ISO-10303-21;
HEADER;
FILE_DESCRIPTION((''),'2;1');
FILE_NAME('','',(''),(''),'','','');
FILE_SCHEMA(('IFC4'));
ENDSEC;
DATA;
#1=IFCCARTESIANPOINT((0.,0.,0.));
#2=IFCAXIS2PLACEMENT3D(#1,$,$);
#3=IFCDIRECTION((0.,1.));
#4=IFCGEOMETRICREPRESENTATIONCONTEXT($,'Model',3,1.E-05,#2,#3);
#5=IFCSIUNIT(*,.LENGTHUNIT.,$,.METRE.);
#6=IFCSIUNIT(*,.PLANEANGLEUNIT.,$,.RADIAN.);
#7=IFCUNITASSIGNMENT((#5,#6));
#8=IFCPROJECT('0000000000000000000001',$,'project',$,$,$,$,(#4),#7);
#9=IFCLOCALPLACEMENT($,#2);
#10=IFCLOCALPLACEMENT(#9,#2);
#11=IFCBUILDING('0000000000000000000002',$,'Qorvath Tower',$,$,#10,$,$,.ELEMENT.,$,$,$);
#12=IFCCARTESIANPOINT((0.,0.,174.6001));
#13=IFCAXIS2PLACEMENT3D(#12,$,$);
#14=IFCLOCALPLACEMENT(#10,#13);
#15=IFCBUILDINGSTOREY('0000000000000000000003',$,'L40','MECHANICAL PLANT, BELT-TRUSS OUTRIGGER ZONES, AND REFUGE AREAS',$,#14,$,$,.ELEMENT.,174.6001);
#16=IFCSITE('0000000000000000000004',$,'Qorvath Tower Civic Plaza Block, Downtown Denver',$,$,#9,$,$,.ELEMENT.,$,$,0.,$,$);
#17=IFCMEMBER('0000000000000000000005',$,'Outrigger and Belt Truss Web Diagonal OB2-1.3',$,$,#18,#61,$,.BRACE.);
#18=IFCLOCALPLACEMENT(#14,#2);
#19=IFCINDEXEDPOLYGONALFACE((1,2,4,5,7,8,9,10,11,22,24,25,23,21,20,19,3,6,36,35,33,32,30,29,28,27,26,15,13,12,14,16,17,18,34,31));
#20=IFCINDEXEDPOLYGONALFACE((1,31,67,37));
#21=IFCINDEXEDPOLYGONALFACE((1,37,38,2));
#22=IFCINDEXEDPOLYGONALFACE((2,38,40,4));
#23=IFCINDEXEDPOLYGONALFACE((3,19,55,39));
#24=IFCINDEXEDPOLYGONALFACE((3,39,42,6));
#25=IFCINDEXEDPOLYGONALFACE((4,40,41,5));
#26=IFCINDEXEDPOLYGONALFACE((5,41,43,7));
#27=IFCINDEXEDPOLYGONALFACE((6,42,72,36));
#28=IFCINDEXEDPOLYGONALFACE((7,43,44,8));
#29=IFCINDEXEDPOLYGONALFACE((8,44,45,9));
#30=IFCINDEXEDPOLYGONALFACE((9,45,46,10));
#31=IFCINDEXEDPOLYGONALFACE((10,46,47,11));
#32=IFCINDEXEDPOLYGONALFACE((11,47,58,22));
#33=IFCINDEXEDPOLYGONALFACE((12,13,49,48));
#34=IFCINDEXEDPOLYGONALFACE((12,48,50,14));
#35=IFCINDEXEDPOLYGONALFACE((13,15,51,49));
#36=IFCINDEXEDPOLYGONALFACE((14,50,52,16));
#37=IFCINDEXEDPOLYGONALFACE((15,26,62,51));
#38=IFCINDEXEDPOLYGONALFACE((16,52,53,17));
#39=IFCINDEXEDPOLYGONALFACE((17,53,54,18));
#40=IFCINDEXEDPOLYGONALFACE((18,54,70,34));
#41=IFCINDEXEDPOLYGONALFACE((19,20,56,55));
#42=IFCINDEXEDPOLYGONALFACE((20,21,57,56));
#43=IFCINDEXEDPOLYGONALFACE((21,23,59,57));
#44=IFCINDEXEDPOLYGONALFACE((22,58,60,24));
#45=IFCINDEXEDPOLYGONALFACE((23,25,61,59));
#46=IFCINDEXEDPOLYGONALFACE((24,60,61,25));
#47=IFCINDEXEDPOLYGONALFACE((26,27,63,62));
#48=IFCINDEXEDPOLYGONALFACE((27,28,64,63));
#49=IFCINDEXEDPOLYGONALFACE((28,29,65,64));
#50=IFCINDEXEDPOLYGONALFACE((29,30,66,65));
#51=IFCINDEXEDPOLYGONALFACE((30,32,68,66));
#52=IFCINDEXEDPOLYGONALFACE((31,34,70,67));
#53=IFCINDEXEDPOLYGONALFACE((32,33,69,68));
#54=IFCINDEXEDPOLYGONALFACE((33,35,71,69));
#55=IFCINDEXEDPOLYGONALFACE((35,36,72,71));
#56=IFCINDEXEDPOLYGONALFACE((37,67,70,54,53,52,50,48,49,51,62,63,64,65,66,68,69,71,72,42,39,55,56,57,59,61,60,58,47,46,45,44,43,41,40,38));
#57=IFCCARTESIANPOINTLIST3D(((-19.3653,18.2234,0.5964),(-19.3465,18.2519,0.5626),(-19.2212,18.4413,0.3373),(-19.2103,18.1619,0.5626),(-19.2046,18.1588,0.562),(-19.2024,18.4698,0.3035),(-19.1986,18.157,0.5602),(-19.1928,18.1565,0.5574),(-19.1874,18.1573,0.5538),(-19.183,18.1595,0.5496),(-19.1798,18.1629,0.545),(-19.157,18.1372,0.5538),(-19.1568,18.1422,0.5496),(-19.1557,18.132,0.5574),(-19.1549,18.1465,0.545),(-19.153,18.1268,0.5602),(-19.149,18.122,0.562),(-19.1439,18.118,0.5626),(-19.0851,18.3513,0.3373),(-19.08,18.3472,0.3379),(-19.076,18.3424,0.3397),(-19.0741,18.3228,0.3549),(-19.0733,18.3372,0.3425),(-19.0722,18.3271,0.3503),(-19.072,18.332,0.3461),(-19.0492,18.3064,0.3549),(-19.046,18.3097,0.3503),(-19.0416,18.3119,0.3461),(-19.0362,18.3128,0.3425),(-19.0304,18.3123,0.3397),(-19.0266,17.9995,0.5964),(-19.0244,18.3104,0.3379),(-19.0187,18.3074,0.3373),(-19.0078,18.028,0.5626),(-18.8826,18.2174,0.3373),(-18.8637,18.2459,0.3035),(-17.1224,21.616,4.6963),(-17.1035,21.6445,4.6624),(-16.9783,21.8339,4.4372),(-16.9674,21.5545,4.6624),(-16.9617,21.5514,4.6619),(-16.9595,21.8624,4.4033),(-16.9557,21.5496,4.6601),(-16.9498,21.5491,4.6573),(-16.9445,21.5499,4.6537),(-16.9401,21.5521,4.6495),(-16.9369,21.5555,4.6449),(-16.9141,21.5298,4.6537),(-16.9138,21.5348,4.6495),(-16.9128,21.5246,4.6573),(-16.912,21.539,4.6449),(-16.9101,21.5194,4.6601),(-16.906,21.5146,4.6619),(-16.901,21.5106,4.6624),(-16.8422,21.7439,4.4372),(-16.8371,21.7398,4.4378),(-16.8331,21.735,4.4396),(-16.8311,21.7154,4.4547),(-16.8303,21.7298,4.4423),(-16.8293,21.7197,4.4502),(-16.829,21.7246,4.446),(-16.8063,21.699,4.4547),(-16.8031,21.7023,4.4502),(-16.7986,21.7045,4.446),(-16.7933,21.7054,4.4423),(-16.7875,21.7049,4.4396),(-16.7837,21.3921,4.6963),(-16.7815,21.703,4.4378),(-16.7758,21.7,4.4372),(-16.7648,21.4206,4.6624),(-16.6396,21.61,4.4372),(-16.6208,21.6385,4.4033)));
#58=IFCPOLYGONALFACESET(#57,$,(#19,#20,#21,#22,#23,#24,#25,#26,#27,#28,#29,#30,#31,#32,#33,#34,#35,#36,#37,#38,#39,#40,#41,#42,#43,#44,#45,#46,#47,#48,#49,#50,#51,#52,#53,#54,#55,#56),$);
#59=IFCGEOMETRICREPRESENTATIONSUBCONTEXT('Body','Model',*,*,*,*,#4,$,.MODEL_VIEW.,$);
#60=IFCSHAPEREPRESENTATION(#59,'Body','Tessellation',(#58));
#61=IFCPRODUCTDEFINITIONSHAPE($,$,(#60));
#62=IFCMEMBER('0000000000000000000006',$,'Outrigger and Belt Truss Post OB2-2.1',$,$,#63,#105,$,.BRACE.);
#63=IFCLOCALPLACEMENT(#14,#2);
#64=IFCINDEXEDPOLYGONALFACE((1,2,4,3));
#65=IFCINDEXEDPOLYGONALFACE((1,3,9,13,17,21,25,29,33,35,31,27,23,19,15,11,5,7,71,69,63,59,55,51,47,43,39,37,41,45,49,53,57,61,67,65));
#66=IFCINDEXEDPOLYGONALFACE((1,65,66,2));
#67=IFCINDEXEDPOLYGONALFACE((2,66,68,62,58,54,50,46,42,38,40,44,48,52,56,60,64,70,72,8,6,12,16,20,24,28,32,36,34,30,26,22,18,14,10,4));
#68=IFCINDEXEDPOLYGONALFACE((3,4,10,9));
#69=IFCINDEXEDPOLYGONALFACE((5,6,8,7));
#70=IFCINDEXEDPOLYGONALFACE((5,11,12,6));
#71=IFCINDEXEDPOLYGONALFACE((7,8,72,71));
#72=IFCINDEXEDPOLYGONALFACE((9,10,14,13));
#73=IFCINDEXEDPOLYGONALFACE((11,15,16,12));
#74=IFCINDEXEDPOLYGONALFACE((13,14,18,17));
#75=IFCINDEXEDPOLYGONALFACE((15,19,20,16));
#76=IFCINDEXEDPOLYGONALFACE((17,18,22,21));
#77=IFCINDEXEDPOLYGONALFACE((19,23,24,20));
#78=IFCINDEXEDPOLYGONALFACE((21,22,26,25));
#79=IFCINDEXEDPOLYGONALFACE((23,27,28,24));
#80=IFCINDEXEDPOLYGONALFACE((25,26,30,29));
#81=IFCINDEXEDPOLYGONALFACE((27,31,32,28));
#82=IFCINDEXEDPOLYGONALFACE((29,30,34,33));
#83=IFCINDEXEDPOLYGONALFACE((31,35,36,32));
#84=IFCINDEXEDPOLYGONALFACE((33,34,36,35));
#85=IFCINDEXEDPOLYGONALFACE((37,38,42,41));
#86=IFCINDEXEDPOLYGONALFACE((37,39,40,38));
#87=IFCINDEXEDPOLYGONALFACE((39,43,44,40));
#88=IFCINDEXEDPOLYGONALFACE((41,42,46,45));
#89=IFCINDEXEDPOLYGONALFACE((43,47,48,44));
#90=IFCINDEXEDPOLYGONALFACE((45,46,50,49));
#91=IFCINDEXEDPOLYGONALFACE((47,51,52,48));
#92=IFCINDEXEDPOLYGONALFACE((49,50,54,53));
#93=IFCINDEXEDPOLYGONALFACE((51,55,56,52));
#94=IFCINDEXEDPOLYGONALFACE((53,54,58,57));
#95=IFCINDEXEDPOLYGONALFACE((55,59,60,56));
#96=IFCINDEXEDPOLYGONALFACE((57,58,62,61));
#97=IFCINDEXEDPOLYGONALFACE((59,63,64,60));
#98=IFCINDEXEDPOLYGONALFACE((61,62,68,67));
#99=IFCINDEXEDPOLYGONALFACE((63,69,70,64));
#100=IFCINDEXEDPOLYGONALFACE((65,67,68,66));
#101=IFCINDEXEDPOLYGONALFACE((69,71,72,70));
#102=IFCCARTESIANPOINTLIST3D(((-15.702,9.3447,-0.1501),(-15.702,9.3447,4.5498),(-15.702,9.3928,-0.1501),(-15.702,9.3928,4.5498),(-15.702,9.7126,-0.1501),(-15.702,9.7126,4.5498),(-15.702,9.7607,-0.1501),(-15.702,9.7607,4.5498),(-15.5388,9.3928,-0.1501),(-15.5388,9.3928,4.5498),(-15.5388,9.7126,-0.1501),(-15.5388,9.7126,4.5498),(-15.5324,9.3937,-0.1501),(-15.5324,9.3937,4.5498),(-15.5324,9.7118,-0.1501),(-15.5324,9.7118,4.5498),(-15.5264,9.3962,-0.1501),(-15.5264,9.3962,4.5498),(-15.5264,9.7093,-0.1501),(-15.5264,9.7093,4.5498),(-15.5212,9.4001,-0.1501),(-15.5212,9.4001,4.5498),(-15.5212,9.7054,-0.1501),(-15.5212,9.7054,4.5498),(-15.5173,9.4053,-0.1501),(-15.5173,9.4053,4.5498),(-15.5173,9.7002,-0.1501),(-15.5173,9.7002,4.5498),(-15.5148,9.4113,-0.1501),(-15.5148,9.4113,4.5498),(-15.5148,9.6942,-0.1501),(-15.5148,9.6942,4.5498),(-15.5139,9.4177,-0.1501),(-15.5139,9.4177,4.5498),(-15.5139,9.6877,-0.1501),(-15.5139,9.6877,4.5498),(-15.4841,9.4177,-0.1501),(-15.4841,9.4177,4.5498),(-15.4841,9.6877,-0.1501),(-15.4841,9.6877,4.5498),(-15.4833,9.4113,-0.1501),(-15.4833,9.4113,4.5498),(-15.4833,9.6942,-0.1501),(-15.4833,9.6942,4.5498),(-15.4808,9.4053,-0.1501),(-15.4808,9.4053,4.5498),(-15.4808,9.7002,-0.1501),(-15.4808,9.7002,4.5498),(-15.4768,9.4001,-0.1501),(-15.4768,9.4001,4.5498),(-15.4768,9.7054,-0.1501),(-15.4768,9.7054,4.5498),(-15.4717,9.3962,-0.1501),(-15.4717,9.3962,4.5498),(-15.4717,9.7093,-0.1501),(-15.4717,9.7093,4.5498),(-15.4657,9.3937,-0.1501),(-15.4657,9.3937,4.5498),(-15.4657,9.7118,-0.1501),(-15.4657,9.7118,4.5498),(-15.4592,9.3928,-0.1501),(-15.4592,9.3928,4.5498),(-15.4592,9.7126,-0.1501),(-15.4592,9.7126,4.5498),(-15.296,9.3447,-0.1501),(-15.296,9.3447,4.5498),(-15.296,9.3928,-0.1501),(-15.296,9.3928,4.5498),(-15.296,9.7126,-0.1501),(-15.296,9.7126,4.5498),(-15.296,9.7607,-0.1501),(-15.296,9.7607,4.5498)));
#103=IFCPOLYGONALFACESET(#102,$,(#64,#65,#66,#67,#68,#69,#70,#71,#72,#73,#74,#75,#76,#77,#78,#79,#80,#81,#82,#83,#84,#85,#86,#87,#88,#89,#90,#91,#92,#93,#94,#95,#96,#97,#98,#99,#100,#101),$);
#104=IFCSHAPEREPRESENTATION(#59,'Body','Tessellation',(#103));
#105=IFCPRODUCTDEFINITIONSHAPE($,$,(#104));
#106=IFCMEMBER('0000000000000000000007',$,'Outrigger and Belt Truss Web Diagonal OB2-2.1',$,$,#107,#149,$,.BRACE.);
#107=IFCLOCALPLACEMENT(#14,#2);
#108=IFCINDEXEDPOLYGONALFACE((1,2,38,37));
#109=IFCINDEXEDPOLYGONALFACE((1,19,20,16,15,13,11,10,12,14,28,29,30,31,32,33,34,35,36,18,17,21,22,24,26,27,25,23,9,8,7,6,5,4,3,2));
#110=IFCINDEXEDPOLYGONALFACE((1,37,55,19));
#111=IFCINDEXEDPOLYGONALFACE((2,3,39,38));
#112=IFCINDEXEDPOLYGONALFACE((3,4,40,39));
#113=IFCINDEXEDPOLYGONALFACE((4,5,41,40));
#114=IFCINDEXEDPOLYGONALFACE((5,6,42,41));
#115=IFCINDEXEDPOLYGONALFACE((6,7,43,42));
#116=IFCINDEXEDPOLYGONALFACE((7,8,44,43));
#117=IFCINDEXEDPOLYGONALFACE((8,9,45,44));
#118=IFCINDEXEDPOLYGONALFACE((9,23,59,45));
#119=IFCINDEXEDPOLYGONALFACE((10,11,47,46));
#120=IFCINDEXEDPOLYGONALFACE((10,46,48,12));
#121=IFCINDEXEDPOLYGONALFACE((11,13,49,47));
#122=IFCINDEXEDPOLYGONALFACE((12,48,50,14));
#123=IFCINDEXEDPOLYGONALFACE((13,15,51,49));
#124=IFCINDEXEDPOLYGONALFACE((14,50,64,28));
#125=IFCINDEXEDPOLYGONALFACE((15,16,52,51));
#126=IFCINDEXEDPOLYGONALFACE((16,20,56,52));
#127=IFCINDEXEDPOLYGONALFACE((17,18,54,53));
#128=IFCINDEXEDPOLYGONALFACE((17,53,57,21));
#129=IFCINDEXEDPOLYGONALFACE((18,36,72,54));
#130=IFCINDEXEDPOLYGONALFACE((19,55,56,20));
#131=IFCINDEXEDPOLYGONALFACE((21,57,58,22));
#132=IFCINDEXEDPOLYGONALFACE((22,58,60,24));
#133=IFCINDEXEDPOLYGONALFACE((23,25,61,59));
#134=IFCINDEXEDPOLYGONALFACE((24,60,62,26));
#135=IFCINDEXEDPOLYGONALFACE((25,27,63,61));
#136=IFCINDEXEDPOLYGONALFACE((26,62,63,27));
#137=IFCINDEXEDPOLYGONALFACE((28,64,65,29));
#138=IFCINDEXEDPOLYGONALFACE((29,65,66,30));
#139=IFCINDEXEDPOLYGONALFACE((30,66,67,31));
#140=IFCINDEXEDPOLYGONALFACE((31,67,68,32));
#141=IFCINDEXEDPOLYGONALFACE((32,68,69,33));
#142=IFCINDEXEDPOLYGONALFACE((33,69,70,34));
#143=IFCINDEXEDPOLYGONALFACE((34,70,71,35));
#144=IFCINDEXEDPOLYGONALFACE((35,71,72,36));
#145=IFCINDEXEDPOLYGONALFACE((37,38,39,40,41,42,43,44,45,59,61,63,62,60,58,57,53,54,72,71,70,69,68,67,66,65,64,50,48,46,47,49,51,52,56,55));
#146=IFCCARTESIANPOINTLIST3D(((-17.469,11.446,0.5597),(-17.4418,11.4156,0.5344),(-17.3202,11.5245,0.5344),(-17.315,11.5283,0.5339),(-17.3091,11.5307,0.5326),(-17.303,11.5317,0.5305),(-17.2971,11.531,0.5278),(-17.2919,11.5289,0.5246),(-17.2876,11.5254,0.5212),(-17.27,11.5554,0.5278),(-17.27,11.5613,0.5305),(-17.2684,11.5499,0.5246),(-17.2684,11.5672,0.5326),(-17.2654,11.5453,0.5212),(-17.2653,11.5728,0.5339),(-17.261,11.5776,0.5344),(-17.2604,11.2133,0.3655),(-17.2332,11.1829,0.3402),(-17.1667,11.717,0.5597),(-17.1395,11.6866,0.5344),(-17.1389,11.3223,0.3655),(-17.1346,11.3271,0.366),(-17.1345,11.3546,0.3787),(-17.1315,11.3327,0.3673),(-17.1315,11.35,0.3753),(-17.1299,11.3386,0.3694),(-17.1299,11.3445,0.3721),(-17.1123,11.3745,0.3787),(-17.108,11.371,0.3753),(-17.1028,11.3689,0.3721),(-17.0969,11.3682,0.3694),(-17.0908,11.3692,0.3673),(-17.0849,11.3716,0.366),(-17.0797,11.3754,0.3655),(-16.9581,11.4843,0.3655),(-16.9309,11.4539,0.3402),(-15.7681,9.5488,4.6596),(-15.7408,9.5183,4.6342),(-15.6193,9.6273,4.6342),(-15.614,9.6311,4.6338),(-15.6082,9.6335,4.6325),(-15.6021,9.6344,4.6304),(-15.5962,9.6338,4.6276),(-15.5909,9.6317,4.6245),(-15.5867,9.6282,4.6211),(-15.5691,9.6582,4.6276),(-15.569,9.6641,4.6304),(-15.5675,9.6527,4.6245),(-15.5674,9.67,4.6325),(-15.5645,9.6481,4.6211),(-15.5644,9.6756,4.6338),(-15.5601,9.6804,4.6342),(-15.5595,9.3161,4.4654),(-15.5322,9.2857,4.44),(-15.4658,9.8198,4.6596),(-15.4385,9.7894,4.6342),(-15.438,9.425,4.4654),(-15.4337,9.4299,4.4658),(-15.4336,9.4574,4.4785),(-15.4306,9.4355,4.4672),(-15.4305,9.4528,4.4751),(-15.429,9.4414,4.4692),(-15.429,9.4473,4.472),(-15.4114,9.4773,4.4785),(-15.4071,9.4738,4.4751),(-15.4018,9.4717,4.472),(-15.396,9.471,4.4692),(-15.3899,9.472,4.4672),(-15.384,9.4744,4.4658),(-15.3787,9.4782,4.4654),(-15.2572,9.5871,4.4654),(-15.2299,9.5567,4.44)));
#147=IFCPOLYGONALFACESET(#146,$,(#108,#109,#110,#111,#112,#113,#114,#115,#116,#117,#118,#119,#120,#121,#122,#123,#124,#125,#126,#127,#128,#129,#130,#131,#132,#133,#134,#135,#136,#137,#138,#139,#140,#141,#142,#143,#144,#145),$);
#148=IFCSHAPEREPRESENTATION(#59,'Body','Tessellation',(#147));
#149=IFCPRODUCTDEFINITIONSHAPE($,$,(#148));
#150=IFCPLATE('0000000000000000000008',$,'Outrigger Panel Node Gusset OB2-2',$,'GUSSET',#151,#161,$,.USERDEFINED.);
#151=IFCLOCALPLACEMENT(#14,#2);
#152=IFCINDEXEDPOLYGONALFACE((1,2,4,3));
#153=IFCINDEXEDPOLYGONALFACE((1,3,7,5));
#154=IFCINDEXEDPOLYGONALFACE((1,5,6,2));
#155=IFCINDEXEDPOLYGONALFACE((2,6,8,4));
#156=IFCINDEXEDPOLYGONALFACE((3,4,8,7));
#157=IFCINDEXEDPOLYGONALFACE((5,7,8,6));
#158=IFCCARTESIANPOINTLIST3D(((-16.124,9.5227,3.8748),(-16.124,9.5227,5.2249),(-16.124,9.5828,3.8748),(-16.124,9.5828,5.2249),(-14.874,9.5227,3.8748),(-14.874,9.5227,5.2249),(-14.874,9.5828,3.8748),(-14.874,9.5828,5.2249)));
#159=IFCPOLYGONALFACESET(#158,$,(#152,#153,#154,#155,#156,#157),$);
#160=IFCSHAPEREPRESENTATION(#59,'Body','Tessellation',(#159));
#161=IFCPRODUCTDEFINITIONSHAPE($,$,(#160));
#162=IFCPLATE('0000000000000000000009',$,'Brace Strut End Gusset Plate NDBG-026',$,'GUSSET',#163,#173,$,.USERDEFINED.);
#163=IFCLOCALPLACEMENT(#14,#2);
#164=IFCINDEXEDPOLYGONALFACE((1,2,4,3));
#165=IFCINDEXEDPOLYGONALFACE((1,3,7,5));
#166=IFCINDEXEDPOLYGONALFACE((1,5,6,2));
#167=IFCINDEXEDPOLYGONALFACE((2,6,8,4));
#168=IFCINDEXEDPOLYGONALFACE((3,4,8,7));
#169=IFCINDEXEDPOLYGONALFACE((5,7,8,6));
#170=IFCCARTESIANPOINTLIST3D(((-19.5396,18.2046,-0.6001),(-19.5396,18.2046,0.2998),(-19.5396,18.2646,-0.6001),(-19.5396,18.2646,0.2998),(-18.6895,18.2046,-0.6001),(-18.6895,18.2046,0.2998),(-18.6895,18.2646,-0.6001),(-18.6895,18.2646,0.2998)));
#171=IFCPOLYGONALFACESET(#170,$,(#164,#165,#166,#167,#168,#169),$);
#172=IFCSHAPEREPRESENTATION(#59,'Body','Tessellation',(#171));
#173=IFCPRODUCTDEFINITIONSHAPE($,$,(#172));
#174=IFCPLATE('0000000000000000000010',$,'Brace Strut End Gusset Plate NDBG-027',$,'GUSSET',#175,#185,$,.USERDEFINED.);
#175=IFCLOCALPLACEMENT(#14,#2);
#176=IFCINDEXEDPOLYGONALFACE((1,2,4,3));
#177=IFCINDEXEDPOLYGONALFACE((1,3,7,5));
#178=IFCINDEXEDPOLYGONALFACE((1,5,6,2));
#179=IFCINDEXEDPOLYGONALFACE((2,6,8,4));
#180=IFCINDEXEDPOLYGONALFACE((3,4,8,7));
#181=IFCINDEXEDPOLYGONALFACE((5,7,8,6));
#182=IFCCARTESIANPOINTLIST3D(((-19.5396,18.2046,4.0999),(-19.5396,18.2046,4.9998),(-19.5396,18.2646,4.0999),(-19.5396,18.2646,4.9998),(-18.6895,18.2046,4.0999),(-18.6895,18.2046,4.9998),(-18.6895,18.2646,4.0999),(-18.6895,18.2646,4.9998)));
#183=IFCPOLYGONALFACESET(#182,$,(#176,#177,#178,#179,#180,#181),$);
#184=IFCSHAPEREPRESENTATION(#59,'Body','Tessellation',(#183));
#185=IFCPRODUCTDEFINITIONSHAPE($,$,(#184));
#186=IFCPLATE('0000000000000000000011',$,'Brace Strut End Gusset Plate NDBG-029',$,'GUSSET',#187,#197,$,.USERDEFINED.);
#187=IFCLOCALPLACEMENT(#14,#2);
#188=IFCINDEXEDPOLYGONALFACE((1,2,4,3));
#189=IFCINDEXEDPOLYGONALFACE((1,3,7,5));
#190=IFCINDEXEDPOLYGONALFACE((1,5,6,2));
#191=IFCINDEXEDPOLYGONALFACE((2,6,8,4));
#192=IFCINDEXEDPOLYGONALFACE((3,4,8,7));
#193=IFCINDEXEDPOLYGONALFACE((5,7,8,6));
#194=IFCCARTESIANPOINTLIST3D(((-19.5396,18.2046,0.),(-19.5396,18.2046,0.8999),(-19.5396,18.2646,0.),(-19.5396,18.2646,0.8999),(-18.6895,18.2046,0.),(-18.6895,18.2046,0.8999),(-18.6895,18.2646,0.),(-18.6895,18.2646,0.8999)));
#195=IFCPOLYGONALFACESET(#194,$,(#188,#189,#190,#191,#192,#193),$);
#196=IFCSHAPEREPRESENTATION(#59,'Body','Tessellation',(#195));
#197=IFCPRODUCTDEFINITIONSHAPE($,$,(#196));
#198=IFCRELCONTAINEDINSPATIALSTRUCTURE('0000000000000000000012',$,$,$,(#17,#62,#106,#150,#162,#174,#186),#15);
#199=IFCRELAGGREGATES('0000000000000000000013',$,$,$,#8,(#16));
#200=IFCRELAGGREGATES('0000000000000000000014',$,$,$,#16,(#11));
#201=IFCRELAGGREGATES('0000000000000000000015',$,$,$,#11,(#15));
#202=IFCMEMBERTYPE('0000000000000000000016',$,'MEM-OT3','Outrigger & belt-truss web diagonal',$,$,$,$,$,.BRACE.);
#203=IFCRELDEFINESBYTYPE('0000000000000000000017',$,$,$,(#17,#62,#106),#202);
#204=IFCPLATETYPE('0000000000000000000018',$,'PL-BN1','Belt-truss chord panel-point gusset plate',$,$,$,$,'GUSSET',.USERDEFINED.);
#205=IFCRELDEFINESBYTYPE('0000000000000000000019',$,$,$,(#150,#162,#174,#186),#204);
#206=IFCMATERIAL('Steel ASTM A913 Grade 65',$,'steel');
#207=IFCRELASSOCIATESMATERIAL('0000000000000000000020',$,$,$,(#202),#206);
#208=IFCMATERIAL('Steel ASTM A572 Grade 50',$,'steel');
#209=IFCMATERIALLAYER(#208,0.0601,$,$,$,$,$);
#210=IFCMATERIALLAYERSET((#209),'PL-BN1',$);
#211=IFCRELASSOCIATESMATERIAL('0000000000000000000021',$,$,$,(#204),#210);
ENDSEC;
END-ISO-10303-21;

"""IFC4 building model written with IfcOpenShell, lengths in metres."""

from ifc_helpers import new_model, si_unit, direction, frame, origin, origin_2d, place, context, subcontext, project, spatial, rectangle, i_section, extrude, material, layer, layer_set, material_profile, profile_set, type_object, element, save


model = new_model("IFC4")

# Units and contexts
model_context = context("Model", 3, precision=1e-05, world=origin(), true_north=direction((0.0, 1.0)))
body_context = subcontext(model_context, "Body", "Model", "MODEL_VIEW")
ifc_project = project(units=[si_unit("LENGTHUNIT", "METRE"), si_unit("PLANEANGLEUNIT", "RADIAN")], contexts=[model_context])

# Site, building, storey
site_placement = place(None, origin())
site = spatial("IfcSite", under=ifc_project, at=site_placement, Name="Qorvath Tower Civic Plaza Block, Downtown Denver", CompositionType="ELEMENT", RefElevation=0.0)
building_placement = place(site_placement, origin())
building = spatial("IfcBuilding", under=site, at=building_placement, Name="Qorvath Tower", CompositionType="ELEMENT")
storey_placement = place(building_placement, frame((0.0, 0.0, 174.6001)))
storey = spatial("IfcBuildingStorey", under=building, at=storey_placement, Name="L40", Description="MECHANICAL PLANT, BELT-TRUSS OUTRIGGER ZONES, AND REFUGE AREAS", CompositionType="ELEMENT", Elevation=174.6001)

# Members
ifc_material_1 = material(Name="Steel ASTM A913 Grade 65", Category="steel")
ifc_material_profile_1 = material_profile(ifc_material_1, i_section(OverallWidth=0.406, OverallDepth=0.416, WebThickness=0.0298, FlangeThickness=0.0481, FilletRadius=0.0249, at=origin_2d()), Name="W14x257")
ifc_profile_set_1 = profile_set([ifc_material_profile_1], Name="Steel ASTM A913 Grade 65")
member_type_1 = type_object("IfcMemberType", Name="MEM-OT3", Description="Outrigger & belt-truss web diagonal", PredefinedType="BRACE", material=ifc_profile_set_1)
member_1_placement = place(storey_placement, frame((-19.1145, 18.2346, 0.45), z_axis=(0.388393, 0.587473, 0.709948), x_axis=(-0.834178, 0.551496, 0.0)))
element("IfcMember", 1, at=member_1_placement, inside=storey, type_object=member_type_1, Name="Outrigger and Belt Truss Web Diagonal OB2-1.3", PredefinedType="BRACE", context=body_context, shape_type="SweptSolid", body=[
    extrude(i_section(OverallWidth=0.406, OverallDepth=0.416, WebThickness=0.0298, FlangeThickness=0.0481, FilletRadius=0.0249, at=origin_2d()), origin(), (0.0, 0.0, 1.0), 5.7749),
])
member_2_placement = place(storey_placement, frame((-15.499, 9.5527, -0.1501), z_axis=(0.0, 0.0, 1.0), x_axis=(1.0, 0.0, 0.0)))
element("IfcMember", 2, at=member_2_placement, inside=storey, type_object=member_type_1, Name="Outrigger and Belt Truss Post OB2-2.1", PredefinedType="BRACE", context=body_context, shape_type="SweptSolid", body=[
    extrude(i_section(OverallWidth=0.406, OverallDepth=0.416, WebThickness=0.0298, FlangeThickness=0.0481, FilletRadius=0.0249, at=origin_2d()), origin(), (0.0, 0.0, 1.0), 4.7),
])
member_3_placement = place(storey_placement, frame((-17.2, 11.45, 0.45), z_axis=(0.352367, -0.39303, 0.849332), x_axis=(0.744574, 0.66754, 0.0)))
element("IfcMember", 3, at=member_3_placement, inside=storey, type_object=member_type_1, Name="Outrigger and Belt Truss Web Diagonal OB2-2.1", PredefinedType="BRACE", context=body_context, shape_type="SweptSolid", body=[
    extrude(i_section(OverallWidth=0.406, OverallDepth=0.416, WebThickness=0.0298, FlangeThickness=0.0481, FilletRadius=0.0249, at=origin_2d()), origin(), (0.0, 0.0, 1.0), 4.8271),
])

# Plates
ifc_material_2 = material(Name="Steel ASTM A572 Grade 50", Category="steel")
ifc_layer_1 = layer(ifc_material_2, 0.0601)
ifc_layer_set_1 = layer_set([ifc_layer_1], Name="PL-BN1")
plate_type_1 = type_object("IfcPlateType", Name="PL-BN1", Description="Belt-truss chord panel-point gusset plate", ElementType="GUSSET", PredefinedType="USERDEFINED", material=ifc_layer_set_1)
plate_1_placement = place(storey_placement, frame((-15.499, 9.5527, 3.8748), z_axis=(0.0, 0.0, 1.0), x_axis=(1.0, 0.0, 0.0)))
element("IfcPlate", 4, at=plate_1_placement, inside=storey, type_object=plate_type_1, Name="Outrigger Panel Node Gusset OB2-2", ObjectType="GUSSET", PredefinedType="USERDEFINED", context=body_context, shape_type="SweptSolid", body=[
    extrude(rectangle(XDim=1.25, YDim=0.0601, at=origin_2d()), origin(), (0.0, 0.0, 1.0), 1.3501),
])
for number, where, z_axis, x_axis, name in (
    (5, (-19.1145, 18.2346, -0.6001), (0.0, 0.0, 1.0), (1.0, 0.0, 0.0), "Brace Strut End Gusset Plate NDBG-026"),
    (6, (-19.1145, 18.2346, 4.0999), (0.0, 0.0, 1.0), (1.0, 0.0, 0.0), "Brace Strut End Gusset Plate NDBG-027"),
    (7, (-19.1145, 18.2346, 0.0), (0.0, 0.0, 1.0), (1.0, 0.0, 0.0), "Brace Strut End Gusset Plate NDBG-029"),
):
    element("IfcPlate", number, at=place(storey_placement, frame(where, z_axis=z_axis, x_axis=x_axis)), inside=storey, type_object=plate_type_1, Name=name, ObjectType="GUSSET", PredefinedType="USERDEFINED", context=body_context, shape_type="SweptSolid", body=[
        extrude(rectangle(XDim=0.8501, YDim=0.0601, at=origin_2d()), origin(), (0.0, 0.0, 1.0), 0.8999),
    ])

save(model, "model.ifc")
